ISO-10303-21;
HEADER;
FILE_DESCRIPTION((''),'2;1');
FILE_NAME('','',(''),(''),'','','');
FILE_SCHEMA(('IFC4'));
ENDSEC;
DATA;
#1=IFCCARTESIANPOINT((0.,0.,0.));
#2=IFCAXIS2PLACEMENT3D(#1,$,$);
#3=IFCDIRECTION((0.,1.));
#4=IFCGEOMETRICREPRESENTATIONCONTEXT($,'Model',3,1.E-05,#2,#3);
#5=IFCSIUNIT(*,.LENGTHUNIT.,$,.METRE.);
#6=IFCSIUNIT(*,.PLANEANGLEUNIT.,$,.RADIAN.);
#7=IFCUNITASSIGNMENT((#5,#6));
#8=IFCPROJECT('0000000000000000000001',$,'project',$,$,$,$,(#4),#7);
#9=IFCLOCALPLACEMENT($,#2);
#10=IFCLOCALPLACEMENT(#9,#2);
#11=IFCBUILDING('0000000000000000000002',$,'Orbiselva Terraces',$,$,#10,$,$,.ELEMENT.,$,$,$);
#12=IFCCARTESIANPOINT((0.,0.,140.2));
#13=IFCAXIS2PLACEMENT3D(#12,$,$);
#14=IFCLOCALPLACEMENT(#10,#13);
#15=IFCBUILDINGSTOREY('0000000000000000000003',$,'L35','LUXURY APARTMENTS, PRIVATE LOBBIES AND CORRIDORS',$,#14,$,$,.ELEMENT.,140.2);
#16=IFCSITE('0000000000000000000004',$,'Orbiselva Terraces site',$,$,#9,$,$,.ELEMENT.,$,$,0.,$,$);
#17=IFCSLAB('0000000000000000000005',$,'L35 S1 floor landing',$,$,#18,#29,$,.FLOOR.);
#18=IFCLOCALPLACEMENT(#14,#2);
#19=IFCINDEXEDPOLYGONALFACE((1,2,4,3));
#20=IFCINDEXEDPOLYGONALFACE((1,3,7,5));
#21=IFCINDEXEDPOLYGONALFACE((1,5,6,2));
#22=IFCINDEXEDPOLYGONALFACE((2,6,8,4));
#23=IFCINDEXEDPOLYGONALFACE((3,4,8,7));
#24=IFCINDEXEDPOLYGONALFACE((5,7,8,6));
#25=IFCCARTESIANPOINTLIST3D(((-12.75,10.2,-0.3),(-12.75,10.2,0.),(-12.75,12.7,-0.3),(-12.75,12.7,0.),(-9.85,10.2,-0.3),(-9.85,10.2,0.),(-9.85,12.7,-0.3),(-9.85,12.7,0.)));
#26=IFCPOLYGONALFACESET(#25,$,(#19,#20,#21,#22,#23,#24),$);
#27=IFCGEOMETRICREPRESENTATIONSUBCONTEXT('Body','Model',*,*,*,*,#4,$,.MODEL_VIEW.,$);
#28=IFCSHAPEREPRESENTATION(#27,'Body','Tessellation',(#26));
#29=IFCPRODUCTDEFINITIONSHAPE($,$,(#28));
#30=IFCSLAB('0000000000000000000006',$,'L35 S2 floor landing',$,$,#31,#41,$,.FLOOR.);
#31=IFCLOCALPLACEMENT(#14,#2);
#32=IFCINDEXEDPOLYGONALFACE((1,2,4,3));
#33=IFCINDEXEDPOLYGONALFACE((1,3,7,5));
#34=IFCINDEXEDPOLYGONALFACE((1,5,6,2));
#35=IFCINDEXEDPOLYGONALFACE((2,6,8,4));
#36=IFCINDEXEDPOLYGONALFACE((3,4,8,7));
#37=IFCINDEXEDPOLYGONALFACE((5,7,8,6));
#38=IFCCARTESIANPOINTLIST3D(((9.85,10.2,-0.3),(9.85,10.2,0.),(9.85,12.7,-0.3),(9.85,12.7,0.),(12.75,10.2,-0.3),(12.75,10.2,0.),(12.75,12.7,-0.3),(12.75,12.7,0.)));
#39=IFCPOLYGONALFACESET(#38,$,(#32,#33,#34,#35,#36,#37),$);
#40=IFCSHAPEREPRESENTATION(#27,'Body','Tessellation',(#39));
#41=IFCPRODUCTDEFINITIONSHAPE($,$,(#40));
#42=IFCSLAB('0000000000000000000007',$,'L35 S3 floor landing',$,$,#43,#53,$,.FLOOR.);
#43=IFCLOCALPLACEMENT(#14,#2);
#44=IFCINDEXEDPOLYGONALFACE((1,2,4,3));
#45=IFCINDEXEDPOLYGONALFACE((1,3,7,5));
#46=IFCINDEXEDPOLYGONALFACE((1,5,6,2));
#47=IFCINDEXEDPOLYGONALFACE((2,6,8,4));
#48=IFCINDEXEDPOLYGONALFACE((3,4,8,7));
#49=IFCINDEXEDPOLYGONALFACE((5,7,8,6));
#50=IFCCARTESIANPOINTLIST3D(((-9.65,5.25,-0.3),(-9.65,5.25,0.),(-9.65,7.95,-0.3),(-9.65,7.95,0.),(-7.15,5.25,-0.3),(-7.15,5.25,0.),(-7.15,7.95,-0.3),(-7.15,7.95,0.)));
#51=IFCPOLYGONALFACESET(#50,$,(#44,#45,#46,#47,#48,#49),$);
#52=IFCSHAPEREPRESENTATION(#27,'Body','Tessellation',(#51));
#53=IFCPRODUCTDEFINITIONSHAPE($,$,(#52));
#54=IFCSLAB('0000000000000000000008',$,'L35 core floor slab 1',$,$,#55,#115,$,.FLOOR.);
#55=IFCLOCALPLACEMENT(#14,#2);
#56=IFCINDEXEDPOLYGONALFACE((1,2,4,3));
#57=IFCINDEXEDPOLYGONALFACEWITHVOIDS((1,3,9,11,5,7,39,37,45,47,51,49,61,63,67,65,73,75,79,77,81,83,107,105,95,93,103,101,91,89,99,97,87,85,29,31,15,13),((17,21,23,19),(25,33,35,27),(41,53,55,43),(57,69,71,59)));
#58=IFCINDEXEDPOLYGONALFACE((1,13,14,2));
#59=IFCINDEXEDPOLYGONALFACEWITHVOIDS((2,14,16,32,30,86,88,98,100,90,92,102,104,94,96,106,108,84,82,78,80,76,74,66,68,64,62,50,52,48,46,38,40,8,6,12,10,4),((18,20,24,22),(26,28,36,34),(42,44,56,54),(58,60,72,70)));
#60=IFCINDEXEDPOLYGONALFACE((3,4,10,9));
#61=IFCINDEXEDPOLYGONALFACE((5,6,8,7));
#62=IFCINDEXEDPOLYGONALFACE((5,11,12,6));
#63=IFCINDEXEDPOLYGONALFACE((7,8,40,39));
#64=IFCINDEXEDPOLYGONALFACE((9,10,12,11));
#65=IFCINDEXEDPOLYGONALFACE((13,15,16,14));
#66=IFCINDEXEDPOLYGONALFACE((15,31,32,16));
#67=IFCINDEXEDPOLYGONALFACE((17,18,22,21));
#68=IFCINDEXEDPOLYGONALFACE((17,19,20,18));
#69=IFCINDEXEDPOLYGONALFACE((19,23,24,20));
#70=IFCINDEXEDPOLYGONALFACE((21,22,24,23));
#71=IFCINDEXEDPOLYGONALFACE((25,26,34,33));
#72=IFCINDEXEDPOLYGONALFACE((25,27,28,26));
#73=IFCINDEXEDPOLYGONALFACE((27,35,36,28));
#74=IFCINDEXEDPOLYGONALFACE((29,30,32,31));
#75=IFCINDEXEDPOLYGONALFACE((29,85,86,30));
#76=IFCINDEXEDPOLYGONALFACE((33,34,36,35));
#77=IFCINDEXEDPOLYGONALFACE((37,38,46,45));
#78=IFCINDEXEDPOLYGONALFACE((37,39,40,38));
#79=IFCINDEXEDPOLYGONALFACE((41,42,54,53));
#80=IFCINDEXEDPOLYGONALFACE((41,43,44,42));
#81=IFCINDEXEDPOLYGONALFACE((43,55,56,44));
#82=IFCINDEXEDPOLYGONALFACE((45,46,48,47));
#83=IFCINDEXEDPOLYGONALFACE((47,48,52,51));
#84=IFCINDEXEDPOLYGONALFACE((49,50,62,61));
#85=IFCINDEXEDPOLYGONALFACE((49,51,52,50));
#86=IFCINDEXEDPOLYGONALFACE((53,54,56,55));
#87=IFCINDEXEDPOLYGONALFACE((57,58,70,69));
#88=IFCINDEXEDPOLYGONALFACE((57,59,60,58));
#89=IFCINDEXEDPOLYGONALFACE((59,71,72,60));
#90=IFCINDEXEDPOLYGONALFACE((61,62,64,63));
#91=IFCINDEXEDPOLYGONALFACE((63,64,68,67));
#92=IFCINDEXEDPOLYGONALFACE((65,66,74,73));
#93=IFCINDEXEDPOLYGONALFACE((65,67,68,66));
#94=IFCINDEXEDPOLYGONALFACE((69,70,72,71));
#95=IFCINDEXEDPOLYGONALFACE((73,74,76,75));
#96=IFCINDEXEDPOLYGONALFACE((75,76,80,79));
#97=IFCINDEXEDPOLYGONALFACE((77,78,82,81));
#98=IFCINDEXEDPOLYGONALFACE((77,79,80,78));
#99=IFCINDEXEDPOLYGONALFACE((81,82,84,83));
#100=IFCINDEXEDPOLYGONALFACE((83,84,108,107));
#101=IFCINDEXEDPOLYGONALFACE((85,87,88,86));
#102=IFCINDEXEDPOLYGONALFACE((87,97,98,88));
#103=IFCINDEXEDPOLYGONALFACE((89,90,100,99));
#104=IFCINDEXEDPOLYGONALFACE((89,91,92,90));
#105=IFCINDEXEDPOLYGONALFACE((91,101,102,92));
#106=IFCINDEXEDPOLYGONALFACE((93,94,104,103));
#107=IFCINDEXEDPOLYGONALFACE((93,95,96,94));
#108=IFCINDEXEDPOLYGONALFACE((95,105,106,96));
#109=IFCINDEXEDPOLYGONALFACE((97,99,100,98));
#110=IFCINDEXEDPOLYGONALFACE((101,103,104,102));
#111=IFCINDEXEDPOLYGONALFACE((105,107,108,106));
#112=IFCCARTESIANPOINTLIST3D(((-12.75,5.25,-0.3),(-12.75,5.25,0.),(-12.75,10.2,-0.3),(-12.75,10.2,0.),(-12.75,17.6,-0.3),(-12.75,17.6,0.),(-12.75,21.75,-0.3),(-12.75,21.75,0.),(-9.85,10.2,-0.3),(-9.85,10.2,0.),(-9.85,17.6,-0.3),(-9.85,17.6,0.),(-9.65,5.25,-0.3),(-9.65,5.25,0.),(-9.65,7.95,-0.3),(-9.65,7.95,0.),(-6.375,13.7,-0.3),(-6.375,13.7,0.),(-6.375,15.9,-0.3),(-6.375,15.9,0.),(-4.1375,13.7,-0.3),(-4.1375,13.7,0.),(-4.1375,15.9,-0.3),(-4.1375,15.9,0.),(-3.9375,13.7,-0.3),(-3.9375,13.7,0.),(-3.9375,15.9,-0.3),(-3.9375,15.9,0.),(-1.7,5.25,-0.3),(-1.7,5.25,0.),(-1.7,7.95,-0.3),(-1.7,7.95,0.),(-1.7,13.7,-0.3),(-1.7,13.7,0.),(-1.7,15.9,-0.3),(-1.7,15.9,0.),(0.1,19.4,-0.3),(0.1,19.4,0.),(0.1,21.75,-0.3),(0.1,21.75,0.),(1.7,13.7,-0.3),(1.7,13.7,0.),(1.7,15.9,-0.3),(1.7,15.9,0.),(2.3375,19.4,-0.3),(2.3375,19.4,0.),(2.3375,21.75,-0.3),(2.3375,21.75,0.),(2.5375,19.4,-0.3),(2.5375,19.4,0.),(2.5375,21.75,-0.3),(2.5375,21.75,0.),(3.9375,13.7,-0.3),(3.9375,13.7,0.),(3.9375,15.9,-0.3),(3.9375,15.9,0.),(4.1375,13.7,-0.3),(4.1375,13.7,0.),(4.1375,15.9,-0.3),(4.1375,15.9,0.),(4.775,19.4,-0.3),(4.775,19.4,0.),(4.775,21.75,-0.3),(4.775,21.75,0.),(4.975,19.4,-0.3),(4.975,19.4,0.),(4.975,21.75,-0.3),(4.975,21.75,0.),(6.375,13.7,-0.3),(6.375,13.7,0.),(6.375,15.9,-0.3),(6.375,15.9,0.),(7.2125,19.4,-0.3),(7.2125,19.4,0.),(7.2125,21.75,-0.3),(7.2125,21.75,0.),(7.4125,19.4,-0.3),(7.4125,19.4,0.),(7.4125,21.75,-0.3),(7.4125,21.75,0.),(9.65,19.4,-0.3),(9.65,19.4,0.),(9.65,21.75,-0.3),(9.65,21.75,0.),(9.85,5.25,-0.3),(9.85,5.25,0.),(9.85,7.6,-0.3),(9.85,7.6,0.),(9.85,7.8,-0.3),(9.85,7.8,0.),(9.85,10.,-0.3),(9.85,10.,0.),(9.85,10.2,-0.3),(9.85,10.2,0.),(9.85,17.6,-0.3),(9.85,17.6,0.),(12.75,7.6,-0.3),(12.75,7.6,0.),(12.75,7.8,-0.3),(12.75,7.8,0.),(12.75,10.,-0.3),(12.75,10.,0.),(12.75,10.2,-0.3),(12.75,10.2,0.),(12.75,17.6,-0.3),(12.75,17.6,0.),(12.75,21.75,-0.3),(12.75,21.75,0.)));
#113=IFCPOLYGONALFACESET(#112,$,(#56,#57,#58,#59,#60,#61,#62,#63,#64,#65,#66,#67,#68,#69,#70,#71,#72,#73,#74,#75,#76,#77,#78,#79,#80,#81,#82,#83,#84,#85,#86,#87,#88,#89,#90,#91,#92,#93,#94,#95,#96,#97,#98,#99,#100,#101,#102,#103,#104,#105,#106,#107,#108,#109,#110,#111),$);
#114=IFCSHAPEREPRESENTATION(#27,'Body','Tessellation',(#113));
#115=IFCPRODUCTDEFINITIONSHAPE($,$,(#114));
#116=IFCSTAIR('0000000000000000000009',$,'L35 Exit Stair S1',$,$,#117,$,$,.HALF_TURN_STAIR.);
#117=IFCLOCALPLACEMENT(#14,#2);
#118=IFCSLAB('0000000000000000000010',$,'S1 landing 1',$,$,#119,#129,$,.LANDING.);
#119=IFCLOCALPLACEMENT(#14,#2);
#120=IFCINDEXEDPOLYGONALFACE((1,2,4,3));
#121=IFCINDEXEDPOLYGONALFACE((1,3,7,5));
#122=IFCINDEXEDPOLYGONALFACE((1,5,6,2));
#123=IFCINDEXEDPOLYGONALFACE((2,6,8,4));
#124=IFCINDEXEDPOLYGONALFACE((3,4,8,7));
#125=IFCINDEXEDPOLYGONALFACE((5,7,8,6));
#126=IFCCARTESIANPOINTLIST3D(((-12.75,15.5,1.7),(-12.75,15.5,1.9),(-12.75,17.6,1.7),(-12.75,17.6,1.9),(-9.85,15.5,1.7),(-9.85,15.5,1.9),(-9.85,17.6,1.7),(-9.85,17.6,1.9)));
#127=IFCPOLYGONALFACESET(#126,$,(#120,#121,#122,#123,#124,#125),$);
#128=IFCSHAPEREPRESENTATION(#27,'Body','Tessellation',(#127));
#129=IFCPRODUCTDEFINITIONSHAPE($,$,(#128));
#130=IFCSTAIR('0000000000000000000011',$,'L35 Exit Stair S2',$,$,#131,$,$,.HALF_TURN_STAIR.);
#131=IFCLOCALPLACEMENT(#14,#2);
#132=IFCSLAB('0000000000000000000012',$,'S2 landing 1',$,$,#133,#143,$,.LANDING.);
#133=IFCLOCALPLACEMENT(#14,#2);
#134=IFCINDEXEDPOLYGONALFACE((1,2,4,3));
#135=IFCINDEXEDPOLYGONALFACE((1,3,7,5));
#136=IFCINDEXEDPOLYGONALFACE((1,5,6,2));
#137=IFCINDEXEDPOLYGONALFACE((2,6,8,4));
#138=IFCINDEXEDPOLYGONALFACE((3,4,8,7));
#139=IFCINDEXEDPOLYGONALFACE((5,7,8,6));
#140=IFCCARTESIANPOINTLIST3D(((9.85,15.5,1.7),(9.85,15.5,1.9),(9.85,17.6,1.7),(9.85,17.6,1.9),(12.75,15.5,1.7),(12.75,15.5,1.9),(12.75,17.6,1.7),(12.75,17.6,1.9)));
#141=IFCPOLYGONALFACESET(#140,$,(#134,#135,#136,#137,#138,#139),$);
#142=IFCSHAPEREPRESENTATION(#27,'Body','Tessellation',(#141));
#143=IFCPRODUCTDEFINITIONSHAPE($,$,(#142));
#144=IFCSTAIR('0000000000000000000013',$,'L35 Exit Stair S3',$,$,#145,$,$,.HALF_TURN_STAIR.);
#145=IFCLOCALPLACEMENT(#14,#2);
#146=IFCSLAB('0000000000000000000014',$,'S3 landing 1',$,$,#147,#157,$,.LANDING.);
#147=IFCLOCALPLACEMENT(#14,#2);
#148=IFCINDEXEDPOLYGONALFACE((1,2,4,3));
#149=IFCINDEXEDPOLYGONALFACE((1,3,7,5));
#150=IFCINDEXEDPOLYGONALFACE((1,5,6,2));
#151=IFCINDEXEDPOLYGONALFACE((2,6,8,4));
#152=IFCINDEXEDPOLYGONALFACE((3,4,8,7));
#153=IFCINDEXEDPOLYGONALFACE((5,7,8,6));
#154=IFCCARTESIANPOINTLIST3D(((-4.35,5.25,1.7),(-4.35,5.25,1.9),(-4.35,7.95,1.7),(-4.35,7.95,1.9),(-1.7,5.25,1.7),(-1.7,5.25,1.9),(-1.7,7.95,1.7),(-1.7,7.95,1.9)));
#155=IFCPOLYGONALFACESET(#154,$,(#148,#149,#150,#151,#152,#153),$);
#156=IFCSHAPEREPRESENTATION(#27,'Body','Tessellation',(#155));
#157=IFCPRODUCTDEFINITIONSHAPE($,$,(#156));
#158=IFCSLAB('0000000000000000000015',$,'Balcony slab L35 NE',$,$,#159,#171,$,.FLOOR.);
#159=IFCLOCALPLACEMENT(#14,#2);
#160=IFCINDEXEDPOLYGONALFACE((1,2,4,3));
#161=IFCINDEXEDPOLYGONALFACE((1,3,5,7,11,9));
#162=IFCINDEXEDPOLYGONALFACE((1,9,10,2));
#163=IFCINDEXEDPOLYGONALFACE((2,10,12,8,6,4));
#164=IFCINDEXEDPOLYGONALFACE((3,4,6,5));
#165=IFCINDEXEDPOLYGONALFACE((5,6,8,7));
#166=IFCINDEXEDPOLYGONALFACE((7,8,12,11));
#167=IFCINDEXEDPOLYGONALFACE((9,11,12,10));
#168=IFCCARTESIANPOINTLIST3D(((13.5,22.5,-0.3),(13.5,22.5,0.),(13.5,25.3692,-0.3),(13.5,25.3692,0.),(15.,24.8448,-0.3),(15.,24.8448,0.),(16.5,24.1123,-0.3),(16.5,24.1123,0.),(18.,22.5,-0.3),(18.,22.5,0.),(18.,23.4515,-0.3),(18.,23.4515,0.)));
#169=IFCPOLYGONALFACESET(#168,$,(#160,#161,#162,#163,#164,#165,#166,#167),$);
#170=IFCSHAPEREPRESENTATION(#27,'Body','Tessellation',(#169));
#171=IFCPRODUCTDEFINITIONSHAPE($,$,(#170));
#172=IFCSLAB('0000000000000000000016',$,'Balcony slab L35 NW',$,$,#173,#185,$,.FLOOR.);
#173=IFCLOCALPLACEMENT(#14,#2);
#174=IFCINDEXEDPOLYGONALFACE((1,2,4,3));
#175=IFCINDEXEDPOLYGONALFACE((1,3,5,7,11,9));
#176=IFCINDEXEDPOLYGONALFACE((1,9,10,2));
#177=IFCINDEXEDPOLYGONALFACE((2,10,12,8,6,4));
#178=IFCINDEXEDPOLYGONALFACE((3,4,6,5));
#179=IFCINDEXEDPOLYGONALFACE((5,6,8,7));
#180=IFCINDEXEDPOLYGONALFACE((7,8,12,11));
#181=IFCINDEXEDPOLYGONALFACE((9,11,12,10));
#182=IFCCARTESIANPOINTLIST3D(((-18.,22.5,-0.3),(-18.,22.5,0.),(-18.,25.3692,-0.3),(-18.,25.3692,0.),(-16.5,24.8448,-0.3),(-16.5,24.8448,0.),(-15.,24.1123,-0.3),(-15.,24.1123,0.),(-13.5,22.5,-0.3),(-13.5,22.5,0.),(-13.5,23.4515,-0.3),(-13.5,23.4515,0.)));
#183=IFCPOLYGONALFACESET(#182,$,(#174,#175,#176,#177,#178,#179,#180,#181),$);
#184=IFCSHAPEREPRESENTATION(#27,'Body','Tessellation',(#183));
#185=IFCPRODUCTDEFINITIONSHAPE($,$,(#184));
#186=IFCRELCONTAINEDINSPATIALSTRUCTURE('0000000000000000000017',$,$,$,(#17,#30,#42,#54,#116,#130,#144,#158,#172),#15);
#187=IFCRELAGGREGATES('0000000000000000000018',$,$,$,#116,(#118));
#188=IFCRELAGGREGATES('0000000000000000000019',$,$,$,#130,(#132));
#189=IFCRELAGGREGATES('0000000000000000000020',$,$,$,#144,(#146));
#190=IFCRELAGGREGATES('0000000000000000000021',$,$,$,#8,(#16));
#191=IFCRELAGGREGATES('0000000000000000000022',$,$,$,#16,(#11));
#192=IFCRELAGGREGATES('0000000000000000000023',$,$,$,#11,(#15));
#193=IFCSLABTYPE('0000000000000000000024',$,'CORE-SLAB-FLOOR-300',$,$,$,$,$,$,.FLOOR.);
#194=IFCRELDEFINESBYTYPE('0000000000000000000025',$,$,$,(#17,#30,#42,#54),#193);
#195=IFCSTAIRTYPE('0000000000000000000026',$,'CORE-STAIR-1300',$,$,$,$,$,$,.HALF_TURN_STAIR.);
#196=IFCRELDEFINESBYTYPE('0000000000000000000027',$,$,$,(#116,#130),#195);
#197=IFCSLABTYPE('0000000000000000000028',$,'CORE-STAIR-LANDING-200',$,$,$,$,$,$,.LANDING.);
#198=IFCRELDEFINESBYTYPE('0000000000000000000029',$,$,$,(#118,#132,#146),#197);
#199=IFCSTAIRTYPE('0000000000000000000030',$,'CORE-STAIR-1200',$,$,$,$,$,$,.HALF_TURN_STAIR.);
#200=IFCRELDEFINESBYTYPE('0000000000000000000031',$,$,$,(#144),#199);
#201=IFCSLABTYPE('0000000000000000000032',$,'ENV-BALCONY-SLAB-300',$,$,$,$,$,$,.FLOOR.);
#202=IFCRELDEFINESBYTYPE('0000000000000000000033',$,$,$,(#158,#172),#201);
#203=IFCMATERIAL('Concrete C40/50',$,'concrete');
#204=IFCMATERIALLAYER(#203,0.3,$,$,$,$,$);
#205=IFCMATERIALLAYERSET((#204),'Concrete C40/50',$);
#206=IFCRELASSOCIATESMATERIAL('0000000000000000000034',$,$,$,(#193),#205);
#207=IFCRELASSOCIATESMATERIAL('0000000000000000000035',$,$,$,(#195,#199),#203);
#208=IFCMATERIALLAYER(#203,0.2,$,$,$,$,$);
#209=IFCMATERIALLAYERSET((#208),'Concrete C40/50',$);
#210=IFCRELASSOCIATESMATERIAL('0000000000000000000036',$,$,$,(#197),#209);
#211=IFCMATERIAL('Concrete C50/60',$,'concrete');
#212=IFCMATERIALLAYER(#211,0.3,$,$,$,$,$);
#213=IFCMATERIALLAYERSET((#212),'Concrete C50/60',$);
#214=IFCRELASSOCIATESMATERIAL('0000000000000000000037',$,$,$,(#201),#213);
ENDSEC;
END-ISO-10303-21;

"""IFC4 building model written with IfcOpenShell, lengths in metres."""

from ifc_helpers import new_model, si_unit, direction, frame, origin, place, context, subcontext, project, spatial, polyline, outline, extrude, material, layer, layer_set, type_object, element, aggregate, save


model = new_model("IFC4")

# Units and contexts
model_context = context("Model", 3, precision=1e-05, world=origin(), true_north=direction((0.0, 1.0)))
body_context = subcontext(model_context, "Body", "Model", "MODEL_VIEW")
ifc_project = project(units=[si_unit("LENGTHUNIT", "METRE"), si_unit("PLANEANGLEUNIT", "RADIAN")], contexts=[model_context])

# Site, building, storey
site_placement = place(None, origin())
site = spatial("IfcSite", under=ifc_project, at=site_placement, Name="Orbiselva Terraces site", CompositionType="ELEMENT", RefElevation=0.0)
building_placement = place(site_placement, origin())
building = spatial("IfcBuilding", under=site, at=building_placement, Name="Orbiselva Terraces", CompositionType="ELEMENT")
storey_placement = place(building_placement, frame((0.0, 0.0, 140.2)))
storey = spatial("IfcBuildingStorey", under=building, at=storey_placement, Name="L35", Description="LUXURY APARTMENTS, PRIVATE LOBBIES AND CORRIDORS", CompositionType="ELEMENT", Elevation=140.2)

# Slabs
ifc_material_1 = material(Name="Concrete C40/50", Category="concrete")
ifc_layer_1 = layer(ifc_material_1, 0.3)
ifc_layer_set_1 = layer_set([ifc_layer_1], Name="Concrete C40/50")
slab_type_1 = type_object("IfcSlabType", Name="CORE-SLAB-FLOOR-300", PredefinedType="FLOOR", material=ifc_layer_set_1)
slab_1_placement = place(storey_placement, frame((0.0, 0.0, -0.3)))
element("IfcSlab", 1, at=slab_1_placement, inside=storey, type_object=slab_type_1, Name="L35 S1 floor landing", PredefinedType="FLOOR", context=body_context, shape_type="SweptSolid", body=[
    extrude(outline(polyline([(-12.75, 12.7), (-9.85, 12.7), (-9.85, 10.2), (-12.75, 10.2), (-12.75, 12.7)])), origin(), (0.0, 0.0, 1.0), 0.3),
])
slab_2_placement = place(storey_placement, frame((0.0, 0.0, -0.3)))
element("IfcSlab", 2, at=slab_2_placement, inside=storey, type_object=slab_type_1, Name="L35 S2 floor landing", PredefinedType="FLOOR", context=body_context, shape_type="SweptSolid", body=[
    extrude(outline(polyline([(12.75, 12.7), (12.75, 10.2), (9.85, 10.2), (9.85, 12.7), (12.75, 12.7)])), origin(), (0.0, 0.0, 1.0), 0.3),
])
slab_3_placement = place(storey_placement, frame((0.0, 0.0, -0.3)))
element("IfcSlab", 3, at=slab_3_placement, inside=storey, type_object=slab_type_1, Name="L35 S3 floor landing", PredefinedType="FLOOR", context=body_context, shape_type="SweptSolid", body=[
    extrude(outline(polyline([(-7.15, 5.25), (-9.65, 5.25), (-9.65, 7.95), (-7.15, 7.95), (-7.15, 5.25)])), origin(), (0.0, 0.0, 1.0), 0.3),
])
slab_4_placement = place(storey_placement, frame((0.0, 0.0, -0.3)))
element("IfcSlab", 4, at=slab_4_placement, inside=storey, type_object=slab_type_1, Name="L35 core floor slab 1", PredefinedType="FLOOR", context=body_context, shape_type="SweptSolid", body=[
    extrude(outline(polyline([(-1.7, 5.25), (-1.7, 7.95), (-9.65, 7.95), (-9.65, 5.25), (-12.75, 5.25), (-12.75, 10.2), (-9.85, 10.2), (-9.85, 17.6), (-12.75, 17.6), (-12.75, 21.75), (0.1, 21.75), (0.1, 19.4), (2.3375, 19.4), (2.3375, 21.75), (2.5375, 21.75), (2.5375, 19.4), (4.775, 19.4), (4.775, 21.75), (4.975, 21.75), (4.975, 19.4), (7.2125, 19.4), (7.2125, 21.75), (7.4125, 21.75), (7.4125, 19.4), (9.65, 19.4), (9.65, 21.75), (12.75, 21.75), (12.75, 17.6), (9.85, 17.6), (9.85, 10.2), (12.75, 10.2), (12.75, 10.0), (9.85, 10.0), (9.85, 7.8), (12.75, 7.8), (12.75, 7.6), (9.85, 7.6), (9.85, 5.25), (-1.7, 5.25)]), holes=[polyline([(-4.1375, 13.7), (-4.1375, 15.9), (-6.375, 15.9), (-6.375, 13.7), (-4.1375, 13.7)]), polyline([(-1.7, 13.7), (-1.7, 15.9), (-3.9375, 15.9), (-3.9375, 13.7), (-1.7, 13.7)]), polyline([(3.9375, 15.9), (1.7, 15.9), (1.7, 13.7), (3.9375, 13.7), (3.9375, 15.9)]), polyline([(6.375, 13.7), (6.375, 15.9), (4.1375, 15.9), (4.1375, 13.7), (6.375, 13.7)])]), origin(), (0.0, 0.0, 1.0), 0.3),
])

# Stairs, slabs
stair_type_1 = type_object("IfcStairType", Name="CORE-STAIR-1300", PredefinedType="HALF_TURN_STAIR", material=ifc_material_1)
stair_1_placement = place(storey_placement, origin())
stair_1 = element("IfcStair", 5, at=stair_1_placement, inside=storey, type_object=stair_type_1, Name="L35 Exit Stair S1", PredefinedType="HALF_TURN_STAIR")
ifc_layer_2 = layer(ifc_material_1, 0.2)
ifc_layer_set_2 = layer_set([ifc_layer_2], Name="Concrete C40/50")
slab_type_2 = type_object("IfcSlabType", Name="CORE-STAIR-LANDING-200", PredefinedType="LANDING", material=ifc_layer_set_2)
slab_5_placement = place(storey_placement, frame((0.0, 0.0, 1.7)))
slab_5 = element("IfcSlab", 6, at=slab_5_placement, type_object=slab_type_2, Name="S1 landing 1", PredefinedType="LANDING", context=body_context, shape_type="SweptSolid", body=[
    extrude(outline(polyline([(-9.85, 15.5), (-9.85, 17.6), (-12.75, 17.6), (-12.75, 15.5), (-9.85, 15.5)])), origin(), (0.0, 0.0, 1.0), 0.2),
])
aggregate(stair_1, [slab_5])
stair_2_placement = place(storey_placement, origin())
stair_2 = element("IfcStair", 7, at=stair_2_placement, inside=storey, type_object=stair_type_1, Name="L35 Exit Stair S2", PredefinedType="HALF_TURN_STAIR")
slab_6_placement = place(storey_placement, frame((0.0, 0.0, 1.7)))
slab_6 = element("IfcSlab", 8, at=slab_6_placement, type_object=slab_type_2, Name="S2 landing 1", PredefinedType="LANDING", context=body_context, shape_type="SweptSolid", body=[
    extrude(outline(polyline([(12.75, 15.5), (12.75, 17.6), (9.85, 17.6), (9.85, 15.5), (12.75, 15.5)])), origin(), (0.0, 0.0, 1.0), 0.2),
])
aggregate(stair_2, [slab_6])
stair_type_2 = type_object("IfcStairType", Name="CORE-STAIR-1200", PredefinedType="HALF_TURN_STAIR", material=ifc_material_1)
stair_3_placement = place(storey_placement, origin())
stair_3 = element("IfcStair", 9, at=stair_3_placement, inside=storey, type_object=stair_type_2, Name="L35 Exit Stair S3", PredefinedType="HALF_TURN_STAIR")
slab_7_placement = place(storey_placement, frame((0.0, 0.0, 1.7)))
slab_7 = element("IfcSlab", 10, at=slab_7_placement, type_object=slab_type_2, Name="S3 landing 1", PredefinedType="LANDING", context=body_context, shape_type="SweptSolid", body=[
    extrude(outline(polyline([(-4.35, 5.25), (-1.7, 5.25), (-1.7, 7.95), (-4.35, 7.95), (-4.35, 5.25)])), origin(), (0.0, 0.0, 1.0), 0.2),
])
aggregate(stair_3, [slab_7])

# Slabs
ifc_material_2 = material(Name="Concrete C50/60", Category="concrete")
ifc_layer_3 = layer(ifc_material_2, 0.3)
ifc_layer_set_3 = layer_set([ifc_layer_3], Name="Concrete C50/60")
slab_type_3 = type_object("IfcSlabType", Name="ENV-BALCONY-SLAB-300", PredefinedType="FLOOR", material=ifc_layer_set_3)
slab_8_placement = place(storey_placement, frame((0.0, 0.0, -0.3)))
element("IfcSlab", 11, at=slab_8_placement, inside=storey, type_object=slab_type_3, Name="Balcony slab L35 NE", PredefinedType="FLOOR", context=body_context, shape_type="SweptSolid", body=[
    extrude(outline(polyline([(18.0, 23.4515), (16.5, 24.1123), (15.0, 24.8448), (13.5, 25.3692), (13.5, 22.5), (18.0, 22.5), (18.0, 23.4515)])), origin(), (0.0, 0.0, 1.0), 0.3),
])
slab_9_placement = place(storey_placement, frame((0.0, 0.0, -0.3)))
element("IfcSlab", 12, at=slab_9_placement, inside=storey, type_object=slab_type_3, Name="Balcony slab L35 NW", PredefinedType="FLOOR", context=body_context, shape_type="SweptSolid", body=[
    extrude(outline(polyline([(-13.5, 23.4515), (-15.0, 24.1123), (-16.5, 24.8448), (-18.0, 25.3692), (-18.0, 22.5), (-13.5, 22.5), (-13.5, 23.4515)])), origin(), (0.0, 0.0, 1.0), 0.3),
])

save(model, "model.ifc")
